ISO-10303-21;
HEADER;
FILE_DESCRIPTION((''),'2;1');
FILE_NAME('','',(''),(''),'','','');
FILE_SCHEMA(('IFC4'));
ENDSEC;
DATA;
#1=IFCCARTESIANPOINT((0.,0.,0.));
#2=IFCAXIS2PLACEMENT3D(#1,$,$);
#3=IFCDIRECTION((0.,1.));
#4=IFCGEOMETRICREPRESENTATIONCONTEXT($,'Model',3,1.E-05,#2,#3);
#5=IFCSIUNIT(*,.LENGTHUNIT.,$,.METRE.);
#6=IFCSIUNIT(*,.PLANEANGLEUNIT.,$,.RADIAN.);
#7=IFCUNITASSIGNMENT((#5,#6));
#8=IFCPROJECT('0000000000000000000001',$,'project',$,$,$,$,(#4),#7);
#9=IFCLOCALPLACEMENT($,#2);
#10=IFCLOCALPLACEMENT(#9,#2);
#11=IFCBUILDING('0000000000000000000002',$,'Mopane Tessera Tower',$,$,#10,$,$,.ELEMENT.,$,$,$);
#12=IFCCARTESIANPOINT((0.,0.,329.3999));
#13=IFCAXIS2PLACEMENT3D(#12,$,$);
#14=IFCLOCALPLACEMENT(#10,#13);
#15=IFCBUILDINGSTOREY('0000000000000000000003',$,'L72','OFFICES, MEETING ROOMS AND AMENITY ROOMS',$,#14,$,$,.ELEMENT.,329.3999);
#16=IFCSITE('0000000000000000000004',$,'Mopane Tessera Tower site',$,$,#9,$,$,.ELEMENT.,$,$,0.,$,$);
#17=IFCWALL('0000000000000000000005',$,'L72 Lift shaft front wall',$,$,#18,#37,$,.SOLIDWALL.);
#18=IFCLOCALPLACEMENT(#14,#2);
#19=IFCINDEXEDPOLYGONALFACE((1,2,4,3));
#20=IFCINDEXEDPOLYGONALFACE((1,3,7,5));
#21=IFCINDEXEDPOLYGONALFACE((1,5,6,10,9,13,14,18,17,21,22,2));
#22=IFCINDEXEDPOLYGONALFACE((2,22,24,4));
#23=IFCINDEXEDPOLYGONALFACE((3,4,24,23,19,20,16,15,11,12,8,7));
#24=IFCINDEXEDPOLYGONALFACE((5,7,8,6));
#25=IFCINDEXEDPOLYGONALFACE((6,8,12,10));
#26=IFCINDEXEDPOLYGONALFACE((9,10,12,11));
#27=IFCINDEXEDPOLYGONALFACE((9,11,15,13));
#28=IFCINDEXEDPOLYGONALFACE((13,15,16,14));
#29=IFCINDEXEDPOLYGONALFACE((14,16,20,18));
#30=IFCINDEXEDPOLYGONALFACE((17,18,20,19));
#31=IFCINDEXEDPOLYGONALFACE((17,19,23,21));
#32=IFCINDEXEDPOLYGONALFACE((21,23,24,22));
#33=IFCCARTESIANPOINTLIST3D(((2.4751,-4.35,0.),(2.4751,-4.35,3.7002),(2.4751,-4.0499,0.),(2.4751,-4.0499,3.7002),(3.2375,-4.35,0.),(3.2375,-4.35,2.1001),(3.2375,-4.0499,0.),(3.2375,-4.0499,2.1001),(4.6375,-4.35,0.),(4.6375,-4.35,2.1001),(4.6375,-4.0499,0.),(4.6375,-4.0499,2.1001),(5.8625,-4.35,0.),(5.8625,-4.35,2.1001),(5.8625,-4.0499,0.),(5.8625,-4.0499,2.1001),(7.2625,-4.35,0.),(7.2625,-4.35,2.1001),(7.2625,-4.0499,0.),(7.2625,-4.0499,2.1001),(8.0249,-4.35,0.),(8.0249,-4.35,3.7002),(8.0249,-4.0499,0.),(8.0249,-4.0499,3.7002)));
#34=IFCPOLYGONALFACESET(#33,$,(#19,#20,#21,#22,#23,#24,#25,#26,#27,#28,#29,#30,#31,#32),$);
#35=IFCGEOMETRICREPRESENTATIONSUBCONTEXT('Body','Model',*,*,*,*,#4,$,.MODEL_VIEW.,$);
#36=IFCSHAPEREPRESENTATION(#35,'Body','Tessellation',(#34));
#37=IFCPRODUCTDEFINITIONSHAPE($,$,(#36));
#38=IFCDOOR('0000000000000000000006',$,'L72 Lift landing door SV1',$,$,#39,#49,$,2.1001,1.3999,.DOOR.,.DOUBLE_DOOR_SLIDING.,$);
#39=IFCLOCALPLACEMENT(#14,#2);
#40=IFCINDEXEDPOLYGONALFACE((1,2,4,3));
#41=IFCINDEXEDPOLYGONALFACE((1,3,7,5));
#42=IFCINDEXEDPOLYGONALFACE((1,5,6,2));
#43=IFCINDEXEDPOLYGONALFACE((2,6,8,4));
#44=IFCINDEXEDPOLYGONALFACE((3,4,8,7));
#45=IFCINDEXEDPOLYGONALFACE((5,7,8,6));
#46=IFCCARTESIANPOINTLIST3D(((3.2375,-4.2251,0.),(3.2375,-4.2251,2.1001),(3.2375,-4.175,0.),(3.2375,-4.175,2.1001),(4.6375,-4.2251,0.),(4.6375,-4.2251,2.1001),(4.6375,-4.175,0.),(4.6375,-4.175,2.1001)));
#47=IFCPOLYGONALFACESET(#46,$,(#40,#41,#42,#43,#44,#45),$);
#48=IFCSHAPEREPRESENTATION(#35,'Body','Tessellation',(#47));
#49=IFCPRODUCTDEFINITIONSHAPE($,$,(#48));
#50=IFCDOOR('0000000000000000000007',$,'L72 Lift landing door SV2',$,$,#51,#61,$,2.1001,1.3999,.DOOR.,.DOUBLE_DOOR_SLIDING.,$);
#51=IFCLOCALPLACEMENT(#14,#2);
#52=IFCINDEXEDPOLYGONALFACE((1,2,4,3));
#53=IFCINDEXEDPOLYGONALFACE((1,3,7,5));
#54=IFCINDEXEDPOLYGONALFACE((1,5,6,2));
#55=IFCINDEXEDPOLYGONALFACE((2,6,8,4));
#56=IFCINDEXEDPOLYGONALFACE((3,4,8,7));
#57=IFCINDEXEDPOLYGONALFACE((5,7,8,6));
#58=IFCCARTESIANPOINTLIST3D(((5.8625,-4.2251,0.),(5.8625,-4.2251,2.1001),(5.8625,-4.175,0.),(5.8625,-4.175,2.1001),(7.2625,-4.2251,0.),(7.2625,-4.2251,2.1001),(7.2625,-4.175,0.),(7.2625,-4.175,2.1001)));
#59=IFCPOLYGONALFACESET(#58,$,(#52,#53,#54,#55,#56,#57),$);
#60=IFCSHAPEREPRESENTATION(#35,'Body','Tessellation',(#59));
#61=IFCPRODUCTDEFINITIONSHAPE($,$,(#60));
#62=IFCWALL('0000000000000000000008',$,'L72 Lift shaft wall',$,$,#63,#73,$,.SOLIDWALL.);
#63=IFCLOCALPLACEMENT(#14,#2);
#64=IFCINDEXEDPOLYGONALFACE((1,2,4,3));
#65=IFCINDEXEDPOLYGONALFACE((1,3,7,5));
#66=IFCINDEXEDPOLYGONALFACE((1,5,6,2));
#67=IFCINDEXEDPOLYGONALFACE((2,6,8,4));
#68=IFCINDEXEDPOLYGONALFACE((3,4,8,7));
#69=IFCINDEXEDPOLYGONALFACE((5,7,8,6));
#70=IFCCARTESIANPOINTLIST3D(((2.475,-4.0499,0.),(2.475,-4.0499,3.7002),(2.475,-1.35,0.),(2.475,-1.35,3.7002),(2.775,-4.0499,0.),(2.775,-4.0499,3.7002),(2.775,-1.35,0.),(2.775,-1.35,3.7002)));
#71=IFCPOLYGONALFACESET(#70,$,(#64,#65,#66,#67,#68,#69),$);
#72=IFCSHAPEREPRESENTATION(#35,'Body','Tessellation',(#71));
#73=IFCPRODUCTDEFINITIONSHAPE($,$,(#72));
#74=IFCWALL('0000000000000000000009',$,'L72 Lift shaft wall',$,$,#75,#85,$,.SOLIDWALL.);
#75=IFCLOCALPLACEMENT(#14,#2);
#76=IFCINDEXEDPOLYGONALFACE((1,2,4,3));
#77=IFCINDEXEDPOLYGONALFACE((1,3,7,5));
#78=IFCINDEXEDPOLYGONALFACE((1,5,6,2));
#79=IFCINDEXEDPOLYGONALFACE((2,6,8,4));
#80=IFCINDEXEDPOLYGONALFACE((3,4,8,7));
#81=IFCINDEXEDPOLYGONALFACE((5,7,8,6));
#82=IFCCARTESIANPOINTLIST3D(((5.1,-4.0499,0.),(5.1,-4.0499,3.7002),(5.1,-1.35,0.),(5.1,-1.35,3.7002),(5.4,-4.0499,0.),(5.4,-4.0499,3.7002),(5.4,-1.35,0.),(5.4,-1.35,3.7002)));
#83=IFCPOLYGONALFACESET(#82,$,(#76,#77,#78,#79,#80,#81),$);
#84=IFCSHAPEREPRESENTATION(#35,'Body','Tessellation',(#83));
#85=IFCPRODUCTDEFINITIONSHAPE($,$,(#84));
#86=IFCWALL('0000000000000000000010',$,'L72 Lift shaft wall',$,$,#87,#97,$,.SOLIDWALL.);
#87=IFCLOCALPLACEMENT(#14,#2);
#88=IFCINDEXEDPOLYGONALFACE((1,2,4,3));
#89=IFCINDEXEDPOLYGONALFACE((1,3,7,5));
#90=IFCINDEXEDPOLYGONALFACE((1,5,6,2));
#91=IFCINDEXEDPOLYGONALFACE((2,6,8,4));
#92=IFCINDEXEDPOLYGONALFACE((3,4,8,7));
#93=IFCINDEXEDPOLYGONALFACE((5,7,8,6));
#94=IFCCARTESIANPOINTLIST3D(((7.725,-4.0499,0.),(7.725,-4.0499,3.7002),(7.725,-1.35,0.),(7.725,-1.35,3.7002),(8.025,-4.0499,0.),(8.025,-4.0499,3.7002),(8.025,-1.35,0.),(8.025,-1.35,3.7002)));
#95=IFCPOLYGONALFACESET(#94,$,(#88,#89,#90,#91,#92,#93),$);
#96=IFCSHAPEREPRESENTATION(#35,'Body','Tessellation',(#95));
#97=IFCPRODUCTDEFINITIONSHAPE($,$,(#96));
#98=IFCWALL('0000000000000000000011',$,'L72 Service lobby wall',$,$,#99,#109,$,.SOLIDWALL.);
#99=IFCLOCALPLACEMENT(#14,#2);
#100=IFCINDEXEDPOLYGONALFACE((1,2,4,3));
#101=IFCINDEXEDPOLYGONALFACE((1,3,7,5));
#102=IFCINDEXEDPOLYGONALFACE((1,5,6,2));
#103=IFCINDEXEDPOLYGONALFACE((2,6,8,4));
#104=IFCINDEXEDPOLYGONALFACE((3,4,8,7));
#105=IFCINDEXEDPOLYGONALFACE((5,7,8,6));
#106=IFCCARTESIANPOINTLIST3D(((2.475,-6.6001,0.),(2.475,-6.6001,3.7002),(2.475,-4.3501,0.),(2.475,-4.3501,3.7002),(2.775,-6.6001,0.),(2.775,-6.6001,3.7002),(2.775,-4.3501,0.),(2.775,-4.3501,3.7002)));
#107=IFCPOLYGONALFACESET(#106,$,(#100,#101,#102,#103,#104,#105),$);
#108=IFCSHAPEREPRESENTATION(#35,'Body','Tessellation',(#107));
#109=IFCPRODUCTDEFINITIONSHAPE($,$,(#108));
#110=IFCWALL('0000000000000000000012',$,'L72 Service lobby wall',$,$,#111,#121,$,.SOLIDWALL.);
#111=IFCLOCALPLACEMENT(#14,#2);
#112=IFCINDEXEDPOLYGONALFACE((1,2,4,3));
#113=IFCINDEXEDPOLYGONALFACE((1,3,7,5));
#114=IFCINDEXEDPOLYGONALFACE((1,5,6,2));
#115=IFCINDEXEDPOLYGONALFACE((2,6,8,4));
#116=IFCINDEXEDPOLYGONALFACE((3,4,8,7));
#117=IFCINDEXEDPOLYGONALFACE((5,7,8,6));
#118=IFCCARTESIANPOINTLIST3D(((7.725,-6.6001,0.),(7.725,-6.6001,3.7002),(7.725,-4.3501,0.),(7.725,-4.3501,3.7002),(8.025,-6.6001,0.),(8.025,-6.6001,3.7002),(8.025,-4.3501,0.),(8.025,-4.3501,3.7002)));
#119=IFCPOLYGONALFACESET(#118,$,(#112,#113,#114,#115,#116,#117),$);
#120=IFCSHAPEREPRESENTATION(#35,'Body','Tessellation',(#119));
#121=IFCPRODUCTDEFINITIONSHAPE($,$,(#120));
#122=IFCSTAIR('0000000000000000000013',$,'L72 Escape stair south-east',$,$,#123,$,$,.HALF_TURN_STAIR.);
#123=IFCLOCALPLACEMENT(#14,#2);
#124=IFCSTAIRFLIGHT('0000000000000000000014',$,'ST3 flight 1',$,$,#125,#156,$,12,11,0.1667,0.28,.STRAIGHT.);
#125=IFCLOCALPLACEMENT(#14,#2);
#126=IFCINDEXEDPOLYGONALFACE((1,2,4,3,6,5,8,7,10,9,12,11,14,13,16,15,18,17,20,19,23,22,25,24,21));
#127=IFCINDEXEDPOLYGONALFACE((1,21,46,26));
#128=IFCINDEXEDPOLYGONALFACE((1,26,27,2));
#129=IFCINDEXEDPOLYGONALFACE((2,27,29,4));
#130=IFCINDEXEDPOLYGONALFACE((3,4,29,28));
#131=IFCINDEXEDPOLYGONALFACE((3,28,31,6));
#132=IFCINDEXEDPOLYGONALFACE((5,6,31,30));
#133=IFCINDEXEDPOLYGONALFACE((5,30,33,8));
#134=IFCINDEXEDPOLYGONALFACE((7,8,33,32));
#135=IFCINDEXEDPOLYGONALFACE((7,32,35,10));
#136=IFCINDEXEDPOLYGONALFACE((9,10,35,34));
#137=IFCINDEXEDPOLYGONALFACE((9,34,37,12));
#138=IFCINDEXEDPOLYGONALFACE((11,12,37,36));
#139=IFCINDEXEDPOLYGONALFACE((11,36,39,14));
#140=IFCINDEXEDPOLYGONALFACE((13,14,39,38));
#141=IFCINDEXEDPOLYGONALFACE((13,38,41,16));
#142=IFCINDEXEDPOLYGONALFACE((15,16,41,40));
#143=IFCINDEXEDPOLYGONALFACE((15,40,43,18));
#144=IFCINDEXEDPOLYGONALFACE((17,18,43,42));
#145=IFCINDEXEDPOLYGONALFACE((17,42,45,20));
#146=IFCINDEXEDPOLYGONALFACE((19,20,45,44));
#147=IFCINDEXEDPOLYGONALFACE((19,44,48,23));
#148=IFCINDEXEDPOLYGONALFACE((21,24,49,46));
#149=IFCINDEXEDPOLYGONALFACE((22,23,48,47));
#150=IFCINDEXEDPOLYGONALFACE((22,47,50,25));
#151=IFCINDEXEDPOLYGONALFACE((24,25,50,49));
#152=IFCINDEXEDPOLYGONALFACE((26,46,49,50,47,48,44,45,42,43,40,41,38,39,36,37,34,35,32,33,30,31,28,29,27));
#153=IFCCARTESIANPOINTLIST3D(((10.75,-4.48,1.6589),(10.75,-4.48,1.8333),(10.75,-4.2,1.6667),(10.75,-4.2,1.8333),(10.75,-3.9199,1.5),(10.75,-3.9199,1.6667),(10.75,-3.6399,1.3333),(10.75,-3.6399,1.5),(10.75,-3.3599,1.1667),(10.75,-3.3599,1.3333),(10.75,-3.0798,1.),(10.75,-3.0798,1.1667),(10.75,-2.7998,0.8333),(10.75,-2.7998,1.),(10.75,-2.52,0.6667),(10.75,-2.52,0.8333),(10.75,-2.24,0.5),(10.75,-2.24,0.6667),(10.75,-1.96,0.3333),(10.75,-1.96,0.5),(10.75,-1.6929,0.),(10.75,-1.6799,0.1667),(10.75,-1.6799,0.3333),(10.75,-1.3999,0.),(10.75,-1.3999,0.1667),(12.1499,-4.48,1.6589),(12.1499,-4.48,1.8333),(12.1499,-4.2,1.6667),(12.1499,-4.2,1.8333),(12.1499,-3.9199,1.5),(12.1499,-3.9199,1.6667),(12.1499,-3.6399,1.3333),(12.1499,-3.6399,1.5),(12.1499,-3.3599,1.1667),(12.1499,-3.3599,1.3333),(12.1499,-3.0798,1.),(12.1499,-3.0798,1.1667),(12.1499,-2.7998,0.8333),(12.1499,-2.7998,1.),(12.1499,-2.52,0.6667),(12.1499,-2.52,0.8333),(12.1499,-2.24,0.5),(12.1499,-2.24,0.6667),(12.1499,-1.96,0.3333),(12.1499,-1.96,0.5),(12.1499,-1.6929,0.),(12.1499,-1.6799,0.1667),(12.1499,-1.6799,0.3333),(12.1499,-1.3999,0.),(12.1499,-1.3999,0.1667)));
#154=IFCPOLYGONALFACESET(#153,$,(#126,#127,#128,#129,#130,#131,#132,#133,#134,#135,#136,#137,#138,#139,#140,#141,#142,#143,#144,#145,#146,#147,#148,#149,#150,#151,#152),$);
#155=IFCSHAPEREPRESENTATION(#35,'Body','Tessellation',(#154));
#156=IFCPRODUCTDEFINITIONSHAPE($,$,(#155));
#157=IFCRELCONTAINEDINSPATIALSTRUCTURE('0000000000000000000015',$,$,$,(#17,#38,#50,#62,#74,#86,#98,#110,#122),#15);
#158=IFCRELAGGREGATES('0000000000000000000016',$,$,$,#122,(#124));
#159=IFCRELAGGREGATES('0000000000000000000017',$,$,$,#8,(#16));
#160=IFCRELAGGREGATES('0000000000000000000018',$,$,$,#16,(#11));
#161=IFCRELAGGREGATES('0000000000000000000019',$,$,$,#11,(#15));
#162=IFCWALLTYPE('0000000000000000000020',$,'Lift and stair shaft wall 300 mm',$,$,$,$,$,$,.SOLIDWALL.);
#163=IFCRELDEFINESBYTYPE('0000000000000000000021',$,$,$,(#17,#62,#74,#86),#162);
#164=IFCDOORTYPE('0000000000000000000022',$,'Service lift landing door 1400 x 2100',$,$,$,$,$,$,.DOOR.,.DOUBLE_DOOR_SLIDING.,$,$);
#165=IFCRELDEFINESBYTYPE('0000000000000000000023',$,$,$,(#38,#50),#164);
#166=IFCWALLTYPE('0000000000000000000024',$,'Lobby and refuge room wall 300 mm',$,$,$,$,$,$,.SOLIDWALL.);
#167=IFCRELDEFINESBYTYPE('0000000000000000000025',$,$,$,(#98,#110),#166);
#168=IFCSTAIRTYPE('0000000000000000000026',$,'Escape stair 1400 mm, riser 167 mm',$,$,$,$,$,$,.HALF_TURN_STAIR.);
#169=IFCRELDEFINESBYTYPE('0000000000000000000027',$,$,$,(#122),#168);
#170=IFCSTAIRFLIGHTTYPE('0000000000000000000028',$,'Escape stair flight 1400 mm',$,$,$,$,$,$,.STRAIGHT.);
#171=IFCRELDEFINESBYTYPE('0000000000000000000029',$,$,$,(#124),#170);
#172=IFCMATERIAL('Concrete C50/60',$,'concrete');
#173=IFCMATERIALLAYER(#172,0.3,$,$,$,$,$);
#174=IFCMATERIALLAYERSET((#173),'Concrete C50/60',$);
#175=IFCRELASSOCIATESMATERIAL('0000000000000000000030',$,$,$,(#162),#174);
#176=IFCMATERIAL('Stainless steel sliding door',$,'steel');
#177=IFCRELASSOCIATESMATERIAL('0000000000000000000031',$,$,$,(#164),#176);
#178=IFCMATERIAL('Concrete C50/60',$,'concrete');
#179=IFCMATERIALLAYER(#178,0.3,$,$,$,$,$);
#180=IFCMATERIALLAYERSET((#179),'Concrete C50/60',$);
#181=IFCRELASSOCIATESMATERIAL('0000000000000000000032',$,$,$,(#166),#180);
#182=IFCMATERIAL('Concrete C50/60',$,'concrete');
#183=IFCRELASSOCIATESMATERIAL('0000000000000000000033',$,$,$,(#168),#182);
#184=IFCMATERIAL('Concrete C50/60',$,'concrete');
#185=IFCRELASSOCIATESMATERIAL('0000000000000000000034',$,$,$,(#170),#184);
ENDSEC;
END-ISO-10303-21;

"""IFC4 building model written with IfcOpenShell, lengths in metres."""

from ifc_helpers import new_model, si_unit, direction, frame, frame_2d, origin, place, context, subcontext, project, spatial, polyline, rectangle, outline, extrude, material, layer, layer_set, type_object, element, fill, aggregate, save


model = new_model("IFC4")

# Units and contexts
model_context = context("Model", 3, precision=1e-05, world=origin(), true_north=direction((0.0, 1.0)))
body_context = subcontext(model_context, "Body", "Model", "MODEL_VIEW")
ifc_project = project(units=[si_unit("LENGTHUNIT", "METRE"), si_unit("PLANEANGLEUNIT", "RADIAN")], contexts=[model_context])

# Site, building, storey
site_placement = place(None, origin())
site = spatial("IfcSite", under=ifc_project, at=site_placement, Name="Mopane Tessera Tower site", CompositionType="ELEMENT", RefElevation=0.0)
building_placement = place(site_placement, origin())
building = spatial("IfcBuilding", under=site, at=building_placement, Name="Mopane Tessera Tower", CompositionType="ELEMENT")
storey_placement = place(building_placement, frame((0.0, 0.0, 329.3999)))
storey = spatial("IfcBuildingStorey", under=building, at=storey_placement, Name="L72", Description="OFFICES, MEETING ROOMS AND AMENITY ROOMS", CompositionType="ELEMENT", Elevation=329.3999)

# Wall, openings, doors
ifc_material_1 = material(Name="Concrete C50/60", Category="concrete")
ifc_layer_1 = layer(ifc_material_1, 0.3)
ifc_layer_set_1 = layer_set([ifc_layer_1], Name="Concrete C50/60")
wall_type_1 = type_object("IfcWallType", Name="Lift and stair shaft wall 300 mm", PredefinedType="SOLIDWALL", material=ifc_layer_set_1)
wall_1_placement = place(storey_placement, frame((2.4751, -4.2, 0.0), z_axis=(0.0, 0.0, 1.0), x_axis=(1.0, 0.0, 0.0)))
wall_1 = element("IfcWall", 1, at=wall_1_placement, inside=storey, type_object=wall_type_1, Name="L72 Lift shaft front wall", PredefinedType="SOLIDWALL", context=body_context, shape_type="SweptSolid", body=[
    extrude(rectangle(XDim=5.5498, YDim=0.3, at=frame_2d((2.7749, 0.0))), origin(), (0.0, 0.0, 1.0), 3.7002),
])
opening_1_placement = place(wall_1_placement, frame((0.7625, 0.0, 0.0)))
opening_1 = element("IfcOpeningElement", 2, at=opening_1_placement, cuts=wall_1, PredefinedType="OPENING", context=body_context, shape_type="SweptSolid", body=[
    extrude(rectangle(XDim=1.3999, YDim=2.1001, at=frame_2d((0.7, 1.05))), frame((0.0, 0.1621, 0.0), z_axis=(0.0, -1.0, 0.0), x_axis=(1.0, 0.0, 0.0)), (0.0, 0.0, 1.0), 0.324),
])
opening_2_placement = place(wall_1_placement, frame((3.3875, 0.0, 0.0)))
opening_2 = element("IfcOpeningElement", 3, at=opening_2_placement, cuts=wall_1, PredefinedType="OPENING", context=body_context, shape_type="SweptSolid", body=[
    extrude(rectangle(XDim=1.3999, YDim=2.1001, at=frame_2d((0.7, 1.05))), frame((0.0, 0.1621, 0.0), z_axis=(0.0, -1.0, 0.0), x_axis=(1.0, 0.0, 0.0)), (0.0, 0.0, 1.0), 0.324),
])
ifc_material_2 = material(Name="Stainless steel sliding door", Category="steel")
door_type_1 = type_object("IfcDoorType", Name="Service lift landing door 1400 x 2100", OperationType="DOUBLE_DOOR_SLIDING", PredefinedType="DOOR", material=ifc_material_2)
door_1_placement = place(opening_1_placement, origin())
door_1 = element("IfcDoor", 4, at=door_1_placement, inside=storey, type_object=door_type_1, Name="L72 Lift landing door SV1", OperationType="DOUBLE_DOOR_SLIDING", OverallHeight=2.1001, OverallWidth=1.3999, PredefinedType="DOOR", context=body_context, shape_type="SweptSolid", body=[
    extrude(rectangle(XDim=1.3999, YDim=2.1001, at=frame_2d((0.7, 1.05))), frame((0.0, 0.0249, 0.0), z_axis=(0.0, -1.0, 0.0), x_axis=(1.0, 0.0, 0.0)), (0.0, 0.0, 1.0), 0.05),
])
fill(opening_1, door_1)
door_2_placement = place(opening_2_placement, origin())
door_2 = element("IfcDoor", 5, at=door_2_placement, inside=storey, type_object=door_type_1, Name="L72 Lift landing door SV2", OperationType="DOUBLE_DOOR_SLIDING", OverallHeight=2.1001, OverallWidth=1.3999, PredefinedType="DOOR", context=body_context, shape_type="SweptSolid", body=[
    extrude(rectangle(XDim=1.3999, YDim=2.1001, at=frame_2d((0.7, 1.05))), frame((0.0, 0.0249, 0.0), z_axis=(0.0, -1.0, 0.0), x_axis=(1.0, 0.0, 0.0)), (0.0, 0.0, 1.0), 0.05),
])
fill(opening_2, door_2)

# Walls
for number, where, z_axis, x_axis, name in (
    (6, (2.625, -4.05, 0.0), (0.0, 0.0, 1.0), (0.0, 1.0, 0.0), "L72 Lift shaft wall"),
    (7, (5.25, -4.05, 0.0), (0.0, 0.0, 1.0), (0.0, 1.0, 0.0), "L72 Lift shaft wall"),
    (8, (7.875, -4.05, 0.0), (0.0, 0.0, 1.0), (0.0, 1.0, 0.0), "L72 Lift shaft wall"),
):
    element("IfcWall", number, at=place(storey_placement, frame(where, z_axis=z_axis, x_axis=x_axis)), inside=storey, type_object=wall_type_1, Name=name, PredefinedType="SOLIDWALL", context=body_context, shape_type="SweptSolid", body=[
        extrude(rectangle(XDim=2.7, YDim=0.3, at=frame_2d((1.3501, 0.0))), origin(), (0.0, 0.0, 1.0), 3.7002),
    ])
ifc_material_3 = material(Name="Concrete C50/60", Category="concrete")
ifc_layer_2 = layer(ifc_material_3, 0.3)
ifc_layer_set_2 = layer_set([ifc_layer_2], Name="Concrete C50/60")
wall_type_2 = type_object("IfcWallType", Name="Lobby and refuge room wall 300 mm", PredefinedType="SOLIDWALL", material=ifc_layer_set_2)
for number, where, z_axis, x_axis, name in (
    (9, (2.625, -6.6001, 0.0), (0.0, 0.0, 1.0), (0.0, 1.0, 0.0), "L72 Service lobby wall"),
    (10, (7.875, -6.6001, 0.0), (0.0, 0.0, 1.0), (0.0, 1.0, 0.0), "L72 Service lobby wall"),
):
    element("IfcWall", number, at=place(storey_placement, frame(where, z_axis=z_axis, x_axis=x_axis)), inside=storey, type_object=wall_type_2, Name=name, PredefinedType="SOLIDWALL", context=body_context, shape_type="SweptSolid", body=[
        extrude(rectangle(XDim=2.25, YDim=0.3, at=frame_2d((1.125, 0.0))), origin(), (0.0, 0.0, 1.0), 3.7002),
    ])

# Stair, stair flight
ifc_material_4 = material(Name="Concrete C50/60", Category="concrete")
stair_type = type_object("IfcStairType", Name="Escape stair 1400 mm, riser 167 mm", PredefinedType="HALF_TURN_STAIR", material=ifc_material_4)
stair_placement = place(storey_placement, origin())
stair = element("IfcStair", 11, at=stair_placement, inside=storey, type_object=stair_type, Name="L72 Escape stair south-east", PredefinedType="HALF_TURN_STAIR")
ifc_material_5 = material(Name="Concrete C50/60", Category="concrete")
stair_flight_type = type_object("IfcStairFlightType", Name="Escape stair flight 1400 mm", PredefinedType="STRAIGHT", material=ifc_material_5)
stair_flight_1_placement = place(storey_placement, frame((11.45, -1.3999, 0.0), z_axis=(0.0, 0.0, 1.0), x_axis=(0.0, -1.0, 0.0)))
stair_flight_1 = element("IfcStairFlight", 12, at=stair_flight_1_placement, type_object=stair_flight_type, Name="ST3 flight 1", NumberOfRisers=12, NumberOfTreads=11, PredefinedType="STRAIGHT", RiserHeight=0.1667, TreadLength=0.28, context=body_context, shape_type="SweptSolid", body=[
    extrude(outline(polyline([(0.0, 0.0), (0.0, 0.1667), (0.28, 0.1667), (0.28, 0.3333), (0.5601, 0.3333), (0.5601, 0.5), (0.8401, 0.5), (0.8401, 0.6667), (1.1201, 0.6667), (1.1201, 0.8333), (1.3999, 0.8333), (1.3999, 1.0), (1.6799, 1.0), (1.6799, 1.1667), (1.96, 1.1667), (1.96, 1.3333), (2.24, 1.3333), (2.24, 1.5), (2.52, 1.5), (2.52, 1.6667), (2.8, 1.6667), (2.8, 1.8333), (3.0801, 1.8333), (3.0801, 2.0), (3.0801, 1.6589), (0.293, 0.0), (0.0, 0.0)])), frame((0.0, 0.7, 0.0), z_axis=(0.0, -1.0, 0.0), x_axis=(1.0, 0.0, 0.0)), (0.0, 0.0, 1.0), 1.3999),
])
aggregate(stair, [stair_flight_1])

save(model, "model.ifc")
